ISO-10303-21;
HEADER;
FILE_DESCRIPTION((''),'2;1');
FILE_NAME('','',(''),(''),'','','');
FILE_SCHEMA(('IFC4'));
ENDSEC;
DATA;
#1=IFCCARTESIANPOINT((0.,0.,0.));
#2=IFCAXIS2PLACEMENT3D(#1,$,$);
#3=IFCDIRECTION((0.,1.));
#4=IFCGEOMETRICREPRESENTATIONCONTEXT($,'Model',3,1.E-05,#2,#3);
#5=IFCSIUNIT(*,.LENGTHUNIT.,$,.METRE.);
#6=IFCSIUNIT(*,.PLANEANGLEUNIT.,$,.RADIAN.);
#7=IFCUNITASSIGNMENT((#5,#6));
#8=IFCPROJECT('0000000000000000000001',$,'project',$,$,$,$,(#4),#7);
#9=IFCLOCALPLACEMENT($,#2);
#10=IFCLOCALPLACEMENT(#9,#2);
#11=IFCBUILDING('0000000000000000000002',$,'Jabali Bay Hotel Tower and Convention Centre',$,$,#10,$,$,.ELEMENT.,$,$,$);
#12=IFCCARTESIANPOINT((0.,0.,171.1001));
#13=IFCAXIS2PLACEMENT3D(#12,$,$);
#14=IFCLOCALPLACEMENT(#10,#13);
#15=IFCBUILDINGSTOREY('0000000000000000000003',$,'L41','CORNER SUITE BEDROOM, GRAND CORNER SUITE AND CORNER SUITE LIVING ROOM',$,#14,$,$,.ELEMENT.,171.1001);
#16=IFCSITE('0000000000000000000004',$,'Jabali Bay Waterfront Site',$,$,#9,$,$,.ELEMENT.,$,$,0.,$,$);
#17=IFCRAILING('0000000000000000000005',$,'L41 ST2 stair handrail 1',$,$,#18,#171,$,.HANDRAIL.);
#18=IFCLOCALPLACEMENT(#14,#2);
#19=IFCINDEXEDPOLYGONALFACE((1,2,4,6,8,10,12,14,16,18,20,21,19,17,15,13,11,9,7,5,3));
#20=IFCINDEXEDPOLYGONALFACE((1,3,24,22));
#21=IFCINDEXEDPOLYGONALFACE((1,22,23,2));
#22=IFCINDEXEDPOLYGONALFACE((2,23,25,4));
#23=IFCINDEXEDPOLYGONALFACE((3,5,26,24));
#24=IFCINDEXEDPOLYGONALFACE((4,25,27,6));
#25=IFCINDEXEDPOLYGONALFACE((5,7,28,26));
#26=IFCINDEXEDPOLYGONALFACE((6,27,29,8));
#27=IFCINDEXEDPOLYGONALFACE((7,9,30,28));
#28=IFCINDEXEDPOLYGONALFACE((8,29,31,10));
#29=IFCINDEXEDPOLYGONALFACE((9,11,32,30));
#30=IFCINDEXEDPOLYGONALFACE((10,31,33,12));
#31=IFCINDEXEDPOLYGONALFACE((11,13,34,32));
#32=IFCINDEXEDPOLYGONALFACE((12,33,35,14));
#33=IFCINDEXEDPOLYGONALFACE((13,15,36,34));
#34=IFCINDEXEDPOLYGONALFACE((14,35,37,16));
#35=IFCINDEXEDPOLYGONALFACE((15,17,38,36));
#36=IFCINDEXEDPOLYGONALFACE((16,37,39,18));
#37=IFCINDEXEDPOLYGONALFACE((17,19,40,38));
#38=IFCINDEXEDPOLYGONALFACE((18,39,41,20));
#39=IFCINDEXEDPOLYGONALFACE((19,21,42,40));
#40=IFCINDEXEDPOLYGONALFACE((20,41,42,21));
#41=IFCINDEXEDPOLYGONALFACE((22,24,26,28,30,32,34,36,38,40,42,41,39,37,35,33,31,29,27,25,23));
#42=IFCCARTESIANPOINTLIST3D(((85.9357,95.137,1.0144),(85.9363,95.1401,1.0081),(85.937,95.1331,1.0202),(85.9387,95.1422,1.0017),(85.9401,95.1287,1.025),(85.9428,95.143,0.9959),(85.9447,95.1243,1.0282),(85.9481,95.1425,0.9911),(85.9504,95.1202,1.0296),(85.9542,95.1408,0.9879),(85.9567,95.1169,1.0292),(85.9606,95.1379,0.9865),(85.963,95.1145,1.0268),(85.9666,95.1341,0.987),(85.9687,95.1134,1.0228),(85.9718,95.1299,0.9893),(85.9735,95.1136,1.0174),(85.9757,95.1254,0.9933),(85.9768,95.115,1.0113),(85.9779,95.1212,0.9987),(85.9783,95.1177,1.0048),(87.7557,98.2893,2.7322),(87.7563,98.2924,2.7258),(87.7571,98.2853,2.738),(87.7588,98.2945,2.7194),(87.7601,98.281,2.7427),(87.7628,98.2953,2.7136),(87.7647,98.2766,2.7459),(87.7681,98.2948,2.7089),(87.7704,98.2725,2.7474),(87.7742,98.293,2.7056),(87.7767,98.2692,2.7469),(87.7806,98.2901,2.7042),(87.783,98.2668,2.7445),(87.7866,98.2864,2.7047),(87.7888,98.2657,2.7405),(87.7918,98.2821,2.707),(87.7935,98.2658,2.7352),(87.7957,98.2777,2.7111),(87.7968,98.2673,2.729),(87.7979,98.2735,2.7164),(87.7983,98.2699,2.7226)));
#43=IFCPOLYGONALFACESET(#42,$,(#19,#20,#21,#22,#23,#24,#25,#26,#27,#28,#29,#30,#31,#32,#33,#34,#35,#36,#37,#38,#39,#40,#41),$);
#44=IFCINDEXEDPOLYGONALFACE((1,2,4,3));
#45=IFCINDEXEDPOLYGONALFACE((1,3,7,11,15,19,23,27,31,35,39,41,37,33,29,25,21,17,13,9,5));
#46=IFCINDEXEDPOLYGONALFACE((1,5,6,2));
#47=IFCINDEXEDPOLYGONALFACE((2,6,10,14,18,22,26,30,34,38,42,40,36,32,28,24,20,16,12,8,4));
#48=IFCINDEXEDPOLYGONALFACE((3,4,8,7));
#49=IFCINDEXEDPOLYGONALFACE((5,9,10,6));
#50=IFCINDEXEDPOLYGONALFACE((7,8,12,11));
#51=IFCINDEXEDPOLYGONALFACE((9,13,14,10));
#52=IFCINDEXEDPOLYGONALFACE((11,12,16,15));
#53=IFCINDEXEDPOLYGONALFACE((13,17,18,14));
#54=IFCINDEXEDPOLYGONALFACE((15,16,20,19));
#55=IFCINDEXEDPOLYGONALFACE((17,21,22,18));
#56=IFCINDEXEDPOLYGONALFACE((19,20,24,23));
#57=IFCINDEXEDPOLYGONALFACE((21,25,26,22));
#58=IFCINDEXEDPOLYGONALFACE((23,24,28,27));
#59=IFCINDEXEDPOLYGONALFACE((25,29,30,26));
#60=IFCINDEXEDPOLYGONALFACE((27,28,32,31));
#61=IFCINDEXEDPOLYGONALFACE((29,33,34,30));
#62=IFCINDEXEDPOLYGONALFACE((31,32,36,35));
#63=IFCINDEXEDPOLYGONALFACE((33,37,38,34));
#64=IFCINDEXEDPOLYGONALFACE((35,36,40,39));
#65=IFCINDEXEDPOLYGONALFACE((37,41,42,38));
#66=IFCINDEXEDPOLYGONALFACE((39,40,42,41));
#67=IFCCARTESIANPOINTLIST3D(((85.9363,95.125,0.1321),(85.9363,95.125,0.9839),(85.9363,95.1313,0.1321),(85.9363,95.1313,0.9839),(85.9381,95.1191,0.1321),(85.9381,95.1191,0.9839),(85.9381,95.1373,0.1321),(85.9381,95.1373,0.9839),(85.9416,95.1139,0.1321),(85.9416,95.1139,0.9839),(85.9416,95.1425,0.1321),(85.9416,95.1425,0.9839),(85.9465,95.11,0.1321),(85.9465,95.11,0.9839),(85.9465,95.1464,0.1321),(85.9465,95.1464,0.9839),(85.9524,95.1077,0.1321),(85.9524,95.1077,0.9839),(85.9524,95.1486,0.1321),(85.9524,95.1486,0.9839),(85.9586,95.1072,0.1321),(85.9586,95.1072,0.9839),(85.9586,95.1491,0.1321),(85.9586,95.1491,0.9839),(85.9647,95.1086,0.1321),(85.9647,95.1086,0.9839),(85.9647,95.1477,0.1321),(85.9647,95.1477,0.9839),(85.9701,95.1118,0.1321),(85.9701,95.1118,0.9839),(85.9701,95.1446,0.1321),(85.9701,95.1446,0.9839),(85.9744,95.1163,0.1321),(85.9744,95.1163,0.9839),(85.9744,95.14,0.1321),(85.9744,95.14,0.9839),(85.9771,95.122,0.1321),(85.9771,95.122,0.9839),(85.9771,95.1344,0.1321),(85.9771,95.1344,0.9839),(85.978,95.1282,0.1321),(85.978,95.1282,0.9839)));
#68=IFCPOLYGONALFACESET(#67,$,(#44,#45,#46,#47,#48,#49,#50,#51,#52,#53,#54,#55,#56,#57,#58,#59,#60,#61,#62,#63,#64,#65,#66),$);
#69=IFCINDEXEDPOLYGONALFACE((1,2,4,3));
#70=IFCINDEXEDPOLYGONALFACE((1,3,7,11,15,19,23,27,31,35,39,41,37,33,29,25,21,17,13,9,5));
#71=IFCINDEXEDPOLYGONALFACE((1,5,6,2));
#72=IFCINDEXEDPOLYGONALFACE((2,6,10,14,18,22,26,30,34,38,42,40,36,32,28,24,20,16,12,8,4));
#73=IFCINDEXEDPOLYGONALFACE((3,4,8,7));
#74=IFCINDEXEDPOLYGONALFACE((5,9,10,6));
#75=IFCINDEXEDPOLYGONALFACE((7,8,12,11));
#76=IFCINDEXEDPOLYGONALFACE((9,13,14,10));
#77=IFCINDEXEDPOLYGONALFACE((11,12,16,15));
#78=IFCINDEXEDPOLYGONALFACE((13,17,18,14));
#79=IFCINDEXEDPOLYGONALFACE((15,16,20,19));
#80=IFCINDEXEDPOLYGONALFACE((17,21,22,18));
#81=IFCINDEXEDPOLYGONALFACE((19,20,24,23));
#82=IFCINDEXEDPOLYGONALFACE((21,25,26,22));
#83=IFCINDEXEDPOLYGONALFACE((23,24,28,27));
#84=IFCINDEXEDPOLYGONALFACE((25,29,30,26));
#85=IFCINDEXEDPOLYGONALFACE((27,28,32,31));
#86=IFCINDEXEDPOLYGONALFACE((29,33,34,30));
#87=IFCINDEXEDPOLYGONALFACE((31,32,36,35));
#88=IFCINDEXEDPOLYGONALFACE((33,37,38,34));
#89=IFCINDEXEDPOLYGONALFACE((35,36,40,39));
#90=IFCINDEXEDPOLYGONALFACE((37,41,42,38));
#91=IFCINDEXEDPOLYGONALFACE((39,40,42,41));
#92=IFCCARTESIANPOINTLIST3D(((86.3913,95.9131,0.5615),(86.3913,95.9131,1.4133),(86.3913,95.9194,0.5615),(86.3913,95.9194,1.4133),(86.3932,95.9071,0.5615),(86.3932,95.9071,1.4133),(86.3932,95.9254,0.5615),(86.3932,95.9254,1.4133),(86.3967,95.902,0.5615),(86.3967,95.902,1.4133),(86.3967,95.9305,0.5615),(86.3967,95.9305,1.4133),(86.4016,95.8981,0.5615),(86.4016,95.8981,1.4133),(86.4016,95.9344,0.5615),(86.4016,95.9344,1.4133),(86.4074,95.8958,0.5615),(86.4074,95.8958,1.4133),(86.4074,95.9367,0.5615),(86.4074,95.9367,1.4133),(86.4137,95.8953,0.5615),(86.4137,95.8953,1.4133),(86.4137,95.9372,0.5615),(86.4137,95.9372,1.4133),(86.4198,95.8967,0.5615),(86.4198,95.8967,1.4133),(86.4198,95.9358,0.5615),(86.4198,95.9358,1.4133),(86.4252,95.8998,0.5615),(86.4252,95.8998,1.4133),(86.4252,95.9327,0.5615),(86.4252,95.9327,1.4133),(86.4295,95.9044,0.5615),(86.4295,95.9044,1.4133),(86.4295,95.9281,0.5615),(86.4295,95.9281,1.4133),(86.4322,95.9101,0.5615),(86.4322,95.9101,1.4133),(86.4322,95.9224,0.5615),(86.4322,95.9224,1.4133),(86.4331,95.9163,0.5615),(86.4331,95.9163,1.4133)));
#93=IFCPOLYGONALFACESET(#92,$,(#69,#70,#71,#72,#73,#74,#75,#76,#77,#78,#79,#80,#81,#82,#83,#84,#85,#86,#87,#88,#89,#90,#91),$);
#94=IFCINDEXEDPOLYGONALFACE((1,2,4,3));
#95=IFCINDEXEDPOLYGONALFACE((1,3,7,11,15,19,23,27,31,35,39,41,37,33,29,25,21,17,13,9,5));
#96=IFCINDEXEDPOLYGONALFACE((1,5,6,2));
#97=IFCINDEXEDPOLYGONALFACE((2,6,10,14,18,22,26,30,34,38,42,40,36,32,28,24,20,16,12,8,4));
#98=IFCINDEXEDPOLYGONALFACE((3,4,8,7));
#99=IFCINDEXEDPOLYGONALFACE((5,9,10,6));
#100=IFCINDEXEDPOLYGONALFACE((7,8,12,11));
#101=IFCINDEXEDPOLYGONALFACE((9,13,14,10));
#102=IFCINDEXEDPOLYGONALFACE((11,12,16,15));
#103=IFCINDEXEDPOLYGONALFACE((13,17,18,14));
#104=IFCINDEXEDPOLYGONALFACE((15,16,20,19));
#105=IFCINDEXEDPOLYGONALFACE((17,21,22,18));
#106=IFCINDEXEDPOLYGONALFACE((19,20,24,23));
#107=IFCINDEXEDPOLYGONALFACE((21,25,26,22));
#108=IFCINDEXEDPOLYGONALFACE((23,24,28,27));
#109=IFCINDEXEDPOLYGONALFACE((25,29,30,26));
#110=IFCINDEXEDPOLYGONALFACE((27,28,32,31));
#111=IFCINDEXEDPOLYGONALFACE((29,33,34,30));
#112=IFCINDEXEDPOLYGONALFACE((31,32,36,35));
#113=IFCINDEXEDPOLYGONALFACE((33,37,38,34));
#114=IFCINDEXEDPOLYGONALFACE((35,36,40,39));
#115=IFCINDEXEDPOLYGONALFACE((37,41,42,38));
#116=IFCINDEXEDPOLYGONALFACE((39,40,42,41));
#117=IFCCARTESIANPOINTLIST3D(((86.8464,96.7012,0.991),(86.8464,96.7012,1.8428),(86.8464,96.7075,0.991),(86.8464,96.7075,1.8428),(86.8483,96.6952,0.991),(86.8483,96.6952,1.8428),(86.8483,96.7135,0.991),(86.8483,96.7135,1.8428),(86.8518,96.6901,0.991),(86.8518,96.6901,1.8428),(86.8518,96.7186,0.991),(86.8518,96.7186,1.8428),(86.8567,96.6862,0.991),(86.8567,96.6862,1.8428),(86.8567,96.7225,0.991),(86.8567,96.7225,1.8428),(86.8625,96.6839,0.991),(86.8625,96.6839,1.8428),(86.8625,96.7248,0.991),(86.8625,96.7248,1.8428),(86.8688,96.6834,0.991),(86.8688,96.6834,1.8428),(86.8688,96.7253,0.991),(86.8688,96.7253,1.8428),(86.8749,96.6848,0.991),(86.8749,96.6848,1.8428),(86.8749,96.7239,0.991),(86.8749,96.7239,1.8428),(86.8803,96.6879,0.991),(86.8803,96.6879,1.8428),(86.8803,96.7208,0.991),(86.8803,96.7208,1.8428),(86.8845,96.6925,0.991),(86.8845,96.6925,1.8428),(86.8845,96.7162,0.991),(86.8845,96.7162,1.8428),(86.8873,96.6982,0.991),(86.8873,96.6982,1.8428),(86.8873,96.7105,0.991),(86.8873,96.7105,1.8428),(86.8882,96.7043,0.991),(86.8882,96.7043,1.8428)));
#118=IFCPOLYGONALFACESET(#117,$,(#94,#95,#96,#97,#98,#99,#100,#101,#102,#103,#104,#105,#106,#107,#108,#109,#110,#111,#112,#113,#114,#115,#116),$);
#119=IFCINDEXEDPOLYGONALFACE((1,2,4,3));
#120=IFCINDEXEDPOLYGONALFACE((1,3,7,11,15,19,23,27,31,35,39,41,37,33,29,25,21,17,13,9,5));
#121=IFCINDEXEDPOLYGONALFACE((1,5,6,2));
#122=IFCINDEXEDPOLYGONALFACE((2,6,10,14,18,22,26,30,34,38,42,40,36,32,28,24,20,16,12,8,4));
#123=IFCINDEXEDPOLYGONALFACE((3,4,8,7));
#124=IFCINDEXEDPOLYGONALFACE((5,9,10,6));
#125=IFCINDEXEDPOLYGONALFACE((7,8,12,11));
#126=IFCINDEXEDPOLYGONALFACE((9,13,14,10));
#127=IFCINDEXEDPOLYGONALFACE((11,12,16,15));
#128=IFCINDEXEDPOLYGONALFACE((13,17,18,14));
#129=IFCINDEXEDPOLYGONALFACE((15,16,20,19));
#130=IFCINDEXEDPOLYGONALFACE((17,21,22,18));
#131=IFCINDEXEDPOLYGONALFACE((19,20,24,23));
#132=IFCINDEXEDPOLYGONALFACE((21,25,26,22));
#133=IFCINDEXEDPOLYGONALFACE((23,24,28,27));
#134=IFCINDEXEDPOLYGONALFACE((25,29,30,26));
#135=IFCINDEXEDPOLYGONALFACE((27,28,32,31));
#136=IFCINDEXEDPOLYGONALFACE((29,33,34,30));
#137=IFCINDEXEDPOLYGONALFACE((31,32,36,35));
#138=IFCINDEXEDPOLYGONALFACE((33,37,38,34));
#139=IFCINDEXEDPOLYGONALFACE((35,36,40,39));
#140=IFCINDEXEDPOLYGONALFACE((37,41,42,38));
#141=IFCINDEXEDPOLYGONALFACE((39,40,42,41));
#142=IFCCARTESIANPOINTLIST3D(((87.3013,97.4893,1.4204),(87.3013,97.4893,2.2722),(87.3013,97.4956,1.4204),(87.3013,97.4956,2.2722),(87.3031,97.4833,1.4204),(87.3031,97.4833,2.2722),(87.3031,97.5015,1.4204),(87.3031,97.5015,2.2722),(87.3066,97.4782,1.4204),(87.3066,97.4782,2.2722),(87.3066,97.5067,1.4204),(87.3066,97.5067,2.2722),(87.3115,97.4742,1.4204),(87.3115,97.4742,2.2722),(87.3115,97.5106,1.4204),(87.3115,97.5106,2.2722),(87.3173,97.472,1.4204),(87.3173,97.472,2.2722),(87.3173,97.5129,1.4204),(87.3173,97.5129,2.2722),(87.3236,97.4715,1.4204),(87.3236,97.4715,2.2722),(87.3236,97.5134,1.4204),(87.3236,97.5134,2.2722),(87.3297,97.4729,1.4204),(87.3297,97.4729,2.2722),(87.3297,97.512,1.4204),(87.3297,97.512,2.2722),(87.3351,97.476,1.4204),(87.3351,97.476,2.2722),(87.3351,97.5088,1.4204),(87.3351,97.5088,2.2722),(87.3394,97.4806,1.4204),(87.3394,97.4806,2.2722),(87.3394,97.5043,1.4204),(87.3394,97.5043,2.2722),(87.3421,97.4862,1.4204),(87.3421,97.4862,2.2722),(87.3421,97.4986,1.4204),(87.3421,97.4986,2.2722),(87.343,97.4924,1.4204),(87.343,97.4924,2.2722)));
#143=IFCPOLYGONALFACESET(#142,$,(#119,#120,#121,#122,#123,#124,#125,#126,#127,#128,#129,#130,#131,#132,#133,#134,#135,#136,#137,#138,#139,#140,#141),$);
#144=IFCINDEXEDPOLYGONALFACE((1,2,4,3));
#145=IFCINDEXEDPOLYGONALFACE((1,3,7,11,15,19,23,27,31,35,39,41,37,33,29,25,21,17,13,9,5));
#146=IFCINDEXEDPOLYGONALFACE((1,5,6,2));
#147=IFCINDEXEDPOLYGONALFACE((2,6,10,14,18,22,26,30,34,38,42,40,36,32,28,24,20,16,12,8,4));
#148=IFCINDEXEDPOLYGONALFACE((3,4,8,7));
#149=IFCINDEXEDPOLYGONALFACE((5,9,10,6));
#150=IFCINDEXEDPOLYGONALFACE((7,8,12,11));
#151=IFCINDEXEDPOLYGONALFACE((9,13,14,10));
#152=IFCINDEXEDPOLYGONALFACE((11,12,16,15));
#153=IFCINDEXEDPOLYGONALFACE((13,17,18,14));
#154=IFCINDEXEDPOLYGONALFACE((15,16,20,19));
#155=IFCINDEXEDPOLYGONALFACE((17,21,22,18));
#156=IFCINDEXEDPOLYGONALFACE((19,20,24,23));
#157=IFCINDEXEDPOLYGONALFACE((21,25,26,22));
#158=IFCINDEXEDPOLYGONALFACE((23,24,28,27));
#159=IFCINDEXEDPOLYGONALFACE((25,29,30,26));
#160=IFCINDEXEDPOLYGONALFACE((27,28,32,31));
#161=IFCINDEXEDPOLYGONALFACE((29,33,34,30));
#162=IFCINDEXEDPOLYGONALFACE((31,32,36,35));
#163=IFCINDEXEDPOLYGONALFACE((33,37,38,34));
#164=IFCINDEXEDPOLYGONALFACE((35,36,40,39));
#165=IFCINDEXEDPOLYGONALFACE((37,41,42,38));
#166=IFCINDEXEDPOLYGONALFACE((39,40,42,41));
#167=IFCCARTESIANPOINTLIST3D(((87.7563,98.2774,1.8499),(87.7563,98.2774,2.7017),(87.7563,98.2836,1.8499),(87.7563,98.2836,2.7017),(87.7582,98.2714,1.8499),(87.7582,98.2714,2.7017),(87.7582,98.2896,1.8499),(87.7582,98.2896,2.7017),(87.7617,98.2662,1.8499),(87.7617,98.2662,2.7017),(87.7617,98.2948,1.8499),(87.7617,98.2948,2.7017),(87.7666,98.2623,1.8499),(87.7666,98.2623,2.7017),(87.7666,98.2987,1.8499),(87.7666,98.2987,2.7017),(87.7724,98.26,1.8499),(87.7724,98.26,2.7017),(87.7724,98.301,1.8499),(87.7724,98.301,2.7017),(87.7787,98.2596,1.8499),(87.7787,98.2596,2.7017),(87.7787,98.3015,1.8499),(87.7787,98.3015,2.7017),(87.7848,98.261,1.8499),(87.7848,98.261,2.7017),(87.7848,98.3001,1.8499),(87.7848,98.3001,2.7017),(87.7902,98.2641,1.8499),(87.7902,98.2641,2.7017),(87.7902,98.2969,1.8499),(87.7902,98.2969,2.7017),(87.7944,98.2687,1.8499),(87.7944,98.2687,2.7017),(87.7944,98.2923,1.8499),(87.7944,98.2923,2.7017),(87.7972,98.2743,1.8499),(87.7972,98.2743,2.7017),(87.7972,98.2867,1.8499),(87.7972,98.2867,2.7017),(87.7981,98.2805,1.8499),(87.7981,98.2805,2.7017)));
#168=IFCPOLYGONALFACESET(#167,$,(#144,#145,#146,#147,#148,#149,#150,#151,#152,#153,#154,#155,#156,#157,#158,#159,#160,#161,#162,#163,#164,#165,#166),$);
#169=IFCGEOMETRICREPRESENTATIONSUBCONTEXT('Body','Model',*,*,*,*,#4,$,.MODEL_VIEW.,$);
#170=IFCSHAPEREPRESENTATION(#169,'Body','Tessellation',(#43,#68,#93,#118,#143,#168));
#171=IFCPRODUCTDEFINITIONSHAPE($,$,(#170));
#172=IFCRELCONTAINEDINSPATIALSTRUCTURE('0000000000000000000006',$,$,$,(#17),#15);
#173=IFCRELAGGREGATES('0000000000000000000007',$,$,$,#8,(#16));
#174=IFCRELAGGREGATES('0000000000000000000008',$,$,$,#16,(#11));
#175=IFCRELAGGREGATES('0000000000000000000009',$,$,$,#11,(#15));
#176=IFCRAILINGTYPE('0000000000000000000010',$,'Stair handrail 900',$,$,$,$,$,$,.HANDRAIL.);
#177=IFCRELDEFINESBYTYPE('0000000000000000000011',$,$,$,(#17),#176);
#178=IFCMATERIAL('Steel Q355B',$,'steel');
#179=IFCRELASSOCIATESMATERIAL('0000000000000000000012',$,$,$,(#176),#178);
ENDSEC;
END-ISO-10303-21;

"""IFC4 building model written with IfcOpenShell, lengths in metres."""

from ifc_helpers import new_model, si_unit, direction, frame, origin, origin_2d, place, context, subcontext, project, spatial, circle, extrude, material, type_object, element, save


model = new_model("IFC4")

# Units and contexts
model_context = context("Model", 3, precision=1e-05, world=origin(), true_north=direction((0.0, 1.0)))
body_context = subcontext(model_context, "Body", "Model", "MODEL_VIEW")
ifc_project = project(units=[si_unit("LENGTHUNIT", "METRE"), si_unit("PLANEANGLEUNIT", "RADIAN")], contexts=[model_context])

# Site, building, storey
site_placement = place(None, origin())
site = spatial("IfcSite", under=ifc_project, at=site_placement, Name="Jabali Bay Waterfront Site", CompositionType="ELEMENT", RefElevation=0.0)
building_placement = place(site_placement, origin())
building = spatial("IfcBuilding", under=site, at=building_placement, Name="Jabali Bay Hotel Tower and Convention Centre", CompositionType="ELEMENT")
storey_placement = place(building_placement, frame((0.0, 0.0, 171.1001)))
storey = spatial("IfcBuildingStorey", under=building, at=storey_placement, Name="L41", Description="CORNER SUITE BEDROOM, GRAND CORNER SUITE AND CORNER SUITE LIVING ROOM", CompositionType="ELEMENT", Elevation=171.1001)

# Railing
ifc_material_1 = material(Name="Steel Q355B", Category="steel")
railing_type_1 = type_object("IfcRailingType", Name="Stair handrail 900", PredefinedType="HANDRAIL", material=ifc_material_1)
railing_1_placement = place(storey_placement, frame((85.957, 95.1282, 0.1321)))
element("IfcRailing", 1, at=railing_1_placement, inside=storey, type_object=railing_type_1, Name="L41 ST2 stair handrail 1", PredefinedType="HANDRAIL", context=body_context, shape_type="SweptSolid", body=[
    extrude(circle(Radius=0.0239, at=origin_2d()), frame((0.0, 0.0, 0.876), z_axis=(0.45219, 0.78319, 0.426775), x_axis=(-0.866018, 0.500013, 0.0)), (0.0, 0.0, 1.0), 4.0249),
    extrude(circle(Radius=0.021, at=origin_2d()), origin(), (0.0, 0.0, 1.0), 0.8518),
    extrude(circle(Radius=0.021, at=origin_2d()), frame((0.4551, 0.7881, 0.4294)), (0.0, 0.0, 1.0), 0.8518),
    extrude(circle(Radius=0.021, at=origin_2d()), frame((0.9102, 1.5762, 0.8589)), (0.0, 0.0, 1.0), 0.8518),
    extrude(circle(Radius=0.021, at=origin_2d()), frame((1.365, 2.3643, 1.2883)), (0.0, 0.0, 1.0), 0.8518),
    extrude(circle(Radius=0.021, at=origin_2d()), frame((1.8201, 3.1523, 1.7178)), (0.0, 0.0, 1.0), 0.8518),
])

save(model, "model.ifc")
